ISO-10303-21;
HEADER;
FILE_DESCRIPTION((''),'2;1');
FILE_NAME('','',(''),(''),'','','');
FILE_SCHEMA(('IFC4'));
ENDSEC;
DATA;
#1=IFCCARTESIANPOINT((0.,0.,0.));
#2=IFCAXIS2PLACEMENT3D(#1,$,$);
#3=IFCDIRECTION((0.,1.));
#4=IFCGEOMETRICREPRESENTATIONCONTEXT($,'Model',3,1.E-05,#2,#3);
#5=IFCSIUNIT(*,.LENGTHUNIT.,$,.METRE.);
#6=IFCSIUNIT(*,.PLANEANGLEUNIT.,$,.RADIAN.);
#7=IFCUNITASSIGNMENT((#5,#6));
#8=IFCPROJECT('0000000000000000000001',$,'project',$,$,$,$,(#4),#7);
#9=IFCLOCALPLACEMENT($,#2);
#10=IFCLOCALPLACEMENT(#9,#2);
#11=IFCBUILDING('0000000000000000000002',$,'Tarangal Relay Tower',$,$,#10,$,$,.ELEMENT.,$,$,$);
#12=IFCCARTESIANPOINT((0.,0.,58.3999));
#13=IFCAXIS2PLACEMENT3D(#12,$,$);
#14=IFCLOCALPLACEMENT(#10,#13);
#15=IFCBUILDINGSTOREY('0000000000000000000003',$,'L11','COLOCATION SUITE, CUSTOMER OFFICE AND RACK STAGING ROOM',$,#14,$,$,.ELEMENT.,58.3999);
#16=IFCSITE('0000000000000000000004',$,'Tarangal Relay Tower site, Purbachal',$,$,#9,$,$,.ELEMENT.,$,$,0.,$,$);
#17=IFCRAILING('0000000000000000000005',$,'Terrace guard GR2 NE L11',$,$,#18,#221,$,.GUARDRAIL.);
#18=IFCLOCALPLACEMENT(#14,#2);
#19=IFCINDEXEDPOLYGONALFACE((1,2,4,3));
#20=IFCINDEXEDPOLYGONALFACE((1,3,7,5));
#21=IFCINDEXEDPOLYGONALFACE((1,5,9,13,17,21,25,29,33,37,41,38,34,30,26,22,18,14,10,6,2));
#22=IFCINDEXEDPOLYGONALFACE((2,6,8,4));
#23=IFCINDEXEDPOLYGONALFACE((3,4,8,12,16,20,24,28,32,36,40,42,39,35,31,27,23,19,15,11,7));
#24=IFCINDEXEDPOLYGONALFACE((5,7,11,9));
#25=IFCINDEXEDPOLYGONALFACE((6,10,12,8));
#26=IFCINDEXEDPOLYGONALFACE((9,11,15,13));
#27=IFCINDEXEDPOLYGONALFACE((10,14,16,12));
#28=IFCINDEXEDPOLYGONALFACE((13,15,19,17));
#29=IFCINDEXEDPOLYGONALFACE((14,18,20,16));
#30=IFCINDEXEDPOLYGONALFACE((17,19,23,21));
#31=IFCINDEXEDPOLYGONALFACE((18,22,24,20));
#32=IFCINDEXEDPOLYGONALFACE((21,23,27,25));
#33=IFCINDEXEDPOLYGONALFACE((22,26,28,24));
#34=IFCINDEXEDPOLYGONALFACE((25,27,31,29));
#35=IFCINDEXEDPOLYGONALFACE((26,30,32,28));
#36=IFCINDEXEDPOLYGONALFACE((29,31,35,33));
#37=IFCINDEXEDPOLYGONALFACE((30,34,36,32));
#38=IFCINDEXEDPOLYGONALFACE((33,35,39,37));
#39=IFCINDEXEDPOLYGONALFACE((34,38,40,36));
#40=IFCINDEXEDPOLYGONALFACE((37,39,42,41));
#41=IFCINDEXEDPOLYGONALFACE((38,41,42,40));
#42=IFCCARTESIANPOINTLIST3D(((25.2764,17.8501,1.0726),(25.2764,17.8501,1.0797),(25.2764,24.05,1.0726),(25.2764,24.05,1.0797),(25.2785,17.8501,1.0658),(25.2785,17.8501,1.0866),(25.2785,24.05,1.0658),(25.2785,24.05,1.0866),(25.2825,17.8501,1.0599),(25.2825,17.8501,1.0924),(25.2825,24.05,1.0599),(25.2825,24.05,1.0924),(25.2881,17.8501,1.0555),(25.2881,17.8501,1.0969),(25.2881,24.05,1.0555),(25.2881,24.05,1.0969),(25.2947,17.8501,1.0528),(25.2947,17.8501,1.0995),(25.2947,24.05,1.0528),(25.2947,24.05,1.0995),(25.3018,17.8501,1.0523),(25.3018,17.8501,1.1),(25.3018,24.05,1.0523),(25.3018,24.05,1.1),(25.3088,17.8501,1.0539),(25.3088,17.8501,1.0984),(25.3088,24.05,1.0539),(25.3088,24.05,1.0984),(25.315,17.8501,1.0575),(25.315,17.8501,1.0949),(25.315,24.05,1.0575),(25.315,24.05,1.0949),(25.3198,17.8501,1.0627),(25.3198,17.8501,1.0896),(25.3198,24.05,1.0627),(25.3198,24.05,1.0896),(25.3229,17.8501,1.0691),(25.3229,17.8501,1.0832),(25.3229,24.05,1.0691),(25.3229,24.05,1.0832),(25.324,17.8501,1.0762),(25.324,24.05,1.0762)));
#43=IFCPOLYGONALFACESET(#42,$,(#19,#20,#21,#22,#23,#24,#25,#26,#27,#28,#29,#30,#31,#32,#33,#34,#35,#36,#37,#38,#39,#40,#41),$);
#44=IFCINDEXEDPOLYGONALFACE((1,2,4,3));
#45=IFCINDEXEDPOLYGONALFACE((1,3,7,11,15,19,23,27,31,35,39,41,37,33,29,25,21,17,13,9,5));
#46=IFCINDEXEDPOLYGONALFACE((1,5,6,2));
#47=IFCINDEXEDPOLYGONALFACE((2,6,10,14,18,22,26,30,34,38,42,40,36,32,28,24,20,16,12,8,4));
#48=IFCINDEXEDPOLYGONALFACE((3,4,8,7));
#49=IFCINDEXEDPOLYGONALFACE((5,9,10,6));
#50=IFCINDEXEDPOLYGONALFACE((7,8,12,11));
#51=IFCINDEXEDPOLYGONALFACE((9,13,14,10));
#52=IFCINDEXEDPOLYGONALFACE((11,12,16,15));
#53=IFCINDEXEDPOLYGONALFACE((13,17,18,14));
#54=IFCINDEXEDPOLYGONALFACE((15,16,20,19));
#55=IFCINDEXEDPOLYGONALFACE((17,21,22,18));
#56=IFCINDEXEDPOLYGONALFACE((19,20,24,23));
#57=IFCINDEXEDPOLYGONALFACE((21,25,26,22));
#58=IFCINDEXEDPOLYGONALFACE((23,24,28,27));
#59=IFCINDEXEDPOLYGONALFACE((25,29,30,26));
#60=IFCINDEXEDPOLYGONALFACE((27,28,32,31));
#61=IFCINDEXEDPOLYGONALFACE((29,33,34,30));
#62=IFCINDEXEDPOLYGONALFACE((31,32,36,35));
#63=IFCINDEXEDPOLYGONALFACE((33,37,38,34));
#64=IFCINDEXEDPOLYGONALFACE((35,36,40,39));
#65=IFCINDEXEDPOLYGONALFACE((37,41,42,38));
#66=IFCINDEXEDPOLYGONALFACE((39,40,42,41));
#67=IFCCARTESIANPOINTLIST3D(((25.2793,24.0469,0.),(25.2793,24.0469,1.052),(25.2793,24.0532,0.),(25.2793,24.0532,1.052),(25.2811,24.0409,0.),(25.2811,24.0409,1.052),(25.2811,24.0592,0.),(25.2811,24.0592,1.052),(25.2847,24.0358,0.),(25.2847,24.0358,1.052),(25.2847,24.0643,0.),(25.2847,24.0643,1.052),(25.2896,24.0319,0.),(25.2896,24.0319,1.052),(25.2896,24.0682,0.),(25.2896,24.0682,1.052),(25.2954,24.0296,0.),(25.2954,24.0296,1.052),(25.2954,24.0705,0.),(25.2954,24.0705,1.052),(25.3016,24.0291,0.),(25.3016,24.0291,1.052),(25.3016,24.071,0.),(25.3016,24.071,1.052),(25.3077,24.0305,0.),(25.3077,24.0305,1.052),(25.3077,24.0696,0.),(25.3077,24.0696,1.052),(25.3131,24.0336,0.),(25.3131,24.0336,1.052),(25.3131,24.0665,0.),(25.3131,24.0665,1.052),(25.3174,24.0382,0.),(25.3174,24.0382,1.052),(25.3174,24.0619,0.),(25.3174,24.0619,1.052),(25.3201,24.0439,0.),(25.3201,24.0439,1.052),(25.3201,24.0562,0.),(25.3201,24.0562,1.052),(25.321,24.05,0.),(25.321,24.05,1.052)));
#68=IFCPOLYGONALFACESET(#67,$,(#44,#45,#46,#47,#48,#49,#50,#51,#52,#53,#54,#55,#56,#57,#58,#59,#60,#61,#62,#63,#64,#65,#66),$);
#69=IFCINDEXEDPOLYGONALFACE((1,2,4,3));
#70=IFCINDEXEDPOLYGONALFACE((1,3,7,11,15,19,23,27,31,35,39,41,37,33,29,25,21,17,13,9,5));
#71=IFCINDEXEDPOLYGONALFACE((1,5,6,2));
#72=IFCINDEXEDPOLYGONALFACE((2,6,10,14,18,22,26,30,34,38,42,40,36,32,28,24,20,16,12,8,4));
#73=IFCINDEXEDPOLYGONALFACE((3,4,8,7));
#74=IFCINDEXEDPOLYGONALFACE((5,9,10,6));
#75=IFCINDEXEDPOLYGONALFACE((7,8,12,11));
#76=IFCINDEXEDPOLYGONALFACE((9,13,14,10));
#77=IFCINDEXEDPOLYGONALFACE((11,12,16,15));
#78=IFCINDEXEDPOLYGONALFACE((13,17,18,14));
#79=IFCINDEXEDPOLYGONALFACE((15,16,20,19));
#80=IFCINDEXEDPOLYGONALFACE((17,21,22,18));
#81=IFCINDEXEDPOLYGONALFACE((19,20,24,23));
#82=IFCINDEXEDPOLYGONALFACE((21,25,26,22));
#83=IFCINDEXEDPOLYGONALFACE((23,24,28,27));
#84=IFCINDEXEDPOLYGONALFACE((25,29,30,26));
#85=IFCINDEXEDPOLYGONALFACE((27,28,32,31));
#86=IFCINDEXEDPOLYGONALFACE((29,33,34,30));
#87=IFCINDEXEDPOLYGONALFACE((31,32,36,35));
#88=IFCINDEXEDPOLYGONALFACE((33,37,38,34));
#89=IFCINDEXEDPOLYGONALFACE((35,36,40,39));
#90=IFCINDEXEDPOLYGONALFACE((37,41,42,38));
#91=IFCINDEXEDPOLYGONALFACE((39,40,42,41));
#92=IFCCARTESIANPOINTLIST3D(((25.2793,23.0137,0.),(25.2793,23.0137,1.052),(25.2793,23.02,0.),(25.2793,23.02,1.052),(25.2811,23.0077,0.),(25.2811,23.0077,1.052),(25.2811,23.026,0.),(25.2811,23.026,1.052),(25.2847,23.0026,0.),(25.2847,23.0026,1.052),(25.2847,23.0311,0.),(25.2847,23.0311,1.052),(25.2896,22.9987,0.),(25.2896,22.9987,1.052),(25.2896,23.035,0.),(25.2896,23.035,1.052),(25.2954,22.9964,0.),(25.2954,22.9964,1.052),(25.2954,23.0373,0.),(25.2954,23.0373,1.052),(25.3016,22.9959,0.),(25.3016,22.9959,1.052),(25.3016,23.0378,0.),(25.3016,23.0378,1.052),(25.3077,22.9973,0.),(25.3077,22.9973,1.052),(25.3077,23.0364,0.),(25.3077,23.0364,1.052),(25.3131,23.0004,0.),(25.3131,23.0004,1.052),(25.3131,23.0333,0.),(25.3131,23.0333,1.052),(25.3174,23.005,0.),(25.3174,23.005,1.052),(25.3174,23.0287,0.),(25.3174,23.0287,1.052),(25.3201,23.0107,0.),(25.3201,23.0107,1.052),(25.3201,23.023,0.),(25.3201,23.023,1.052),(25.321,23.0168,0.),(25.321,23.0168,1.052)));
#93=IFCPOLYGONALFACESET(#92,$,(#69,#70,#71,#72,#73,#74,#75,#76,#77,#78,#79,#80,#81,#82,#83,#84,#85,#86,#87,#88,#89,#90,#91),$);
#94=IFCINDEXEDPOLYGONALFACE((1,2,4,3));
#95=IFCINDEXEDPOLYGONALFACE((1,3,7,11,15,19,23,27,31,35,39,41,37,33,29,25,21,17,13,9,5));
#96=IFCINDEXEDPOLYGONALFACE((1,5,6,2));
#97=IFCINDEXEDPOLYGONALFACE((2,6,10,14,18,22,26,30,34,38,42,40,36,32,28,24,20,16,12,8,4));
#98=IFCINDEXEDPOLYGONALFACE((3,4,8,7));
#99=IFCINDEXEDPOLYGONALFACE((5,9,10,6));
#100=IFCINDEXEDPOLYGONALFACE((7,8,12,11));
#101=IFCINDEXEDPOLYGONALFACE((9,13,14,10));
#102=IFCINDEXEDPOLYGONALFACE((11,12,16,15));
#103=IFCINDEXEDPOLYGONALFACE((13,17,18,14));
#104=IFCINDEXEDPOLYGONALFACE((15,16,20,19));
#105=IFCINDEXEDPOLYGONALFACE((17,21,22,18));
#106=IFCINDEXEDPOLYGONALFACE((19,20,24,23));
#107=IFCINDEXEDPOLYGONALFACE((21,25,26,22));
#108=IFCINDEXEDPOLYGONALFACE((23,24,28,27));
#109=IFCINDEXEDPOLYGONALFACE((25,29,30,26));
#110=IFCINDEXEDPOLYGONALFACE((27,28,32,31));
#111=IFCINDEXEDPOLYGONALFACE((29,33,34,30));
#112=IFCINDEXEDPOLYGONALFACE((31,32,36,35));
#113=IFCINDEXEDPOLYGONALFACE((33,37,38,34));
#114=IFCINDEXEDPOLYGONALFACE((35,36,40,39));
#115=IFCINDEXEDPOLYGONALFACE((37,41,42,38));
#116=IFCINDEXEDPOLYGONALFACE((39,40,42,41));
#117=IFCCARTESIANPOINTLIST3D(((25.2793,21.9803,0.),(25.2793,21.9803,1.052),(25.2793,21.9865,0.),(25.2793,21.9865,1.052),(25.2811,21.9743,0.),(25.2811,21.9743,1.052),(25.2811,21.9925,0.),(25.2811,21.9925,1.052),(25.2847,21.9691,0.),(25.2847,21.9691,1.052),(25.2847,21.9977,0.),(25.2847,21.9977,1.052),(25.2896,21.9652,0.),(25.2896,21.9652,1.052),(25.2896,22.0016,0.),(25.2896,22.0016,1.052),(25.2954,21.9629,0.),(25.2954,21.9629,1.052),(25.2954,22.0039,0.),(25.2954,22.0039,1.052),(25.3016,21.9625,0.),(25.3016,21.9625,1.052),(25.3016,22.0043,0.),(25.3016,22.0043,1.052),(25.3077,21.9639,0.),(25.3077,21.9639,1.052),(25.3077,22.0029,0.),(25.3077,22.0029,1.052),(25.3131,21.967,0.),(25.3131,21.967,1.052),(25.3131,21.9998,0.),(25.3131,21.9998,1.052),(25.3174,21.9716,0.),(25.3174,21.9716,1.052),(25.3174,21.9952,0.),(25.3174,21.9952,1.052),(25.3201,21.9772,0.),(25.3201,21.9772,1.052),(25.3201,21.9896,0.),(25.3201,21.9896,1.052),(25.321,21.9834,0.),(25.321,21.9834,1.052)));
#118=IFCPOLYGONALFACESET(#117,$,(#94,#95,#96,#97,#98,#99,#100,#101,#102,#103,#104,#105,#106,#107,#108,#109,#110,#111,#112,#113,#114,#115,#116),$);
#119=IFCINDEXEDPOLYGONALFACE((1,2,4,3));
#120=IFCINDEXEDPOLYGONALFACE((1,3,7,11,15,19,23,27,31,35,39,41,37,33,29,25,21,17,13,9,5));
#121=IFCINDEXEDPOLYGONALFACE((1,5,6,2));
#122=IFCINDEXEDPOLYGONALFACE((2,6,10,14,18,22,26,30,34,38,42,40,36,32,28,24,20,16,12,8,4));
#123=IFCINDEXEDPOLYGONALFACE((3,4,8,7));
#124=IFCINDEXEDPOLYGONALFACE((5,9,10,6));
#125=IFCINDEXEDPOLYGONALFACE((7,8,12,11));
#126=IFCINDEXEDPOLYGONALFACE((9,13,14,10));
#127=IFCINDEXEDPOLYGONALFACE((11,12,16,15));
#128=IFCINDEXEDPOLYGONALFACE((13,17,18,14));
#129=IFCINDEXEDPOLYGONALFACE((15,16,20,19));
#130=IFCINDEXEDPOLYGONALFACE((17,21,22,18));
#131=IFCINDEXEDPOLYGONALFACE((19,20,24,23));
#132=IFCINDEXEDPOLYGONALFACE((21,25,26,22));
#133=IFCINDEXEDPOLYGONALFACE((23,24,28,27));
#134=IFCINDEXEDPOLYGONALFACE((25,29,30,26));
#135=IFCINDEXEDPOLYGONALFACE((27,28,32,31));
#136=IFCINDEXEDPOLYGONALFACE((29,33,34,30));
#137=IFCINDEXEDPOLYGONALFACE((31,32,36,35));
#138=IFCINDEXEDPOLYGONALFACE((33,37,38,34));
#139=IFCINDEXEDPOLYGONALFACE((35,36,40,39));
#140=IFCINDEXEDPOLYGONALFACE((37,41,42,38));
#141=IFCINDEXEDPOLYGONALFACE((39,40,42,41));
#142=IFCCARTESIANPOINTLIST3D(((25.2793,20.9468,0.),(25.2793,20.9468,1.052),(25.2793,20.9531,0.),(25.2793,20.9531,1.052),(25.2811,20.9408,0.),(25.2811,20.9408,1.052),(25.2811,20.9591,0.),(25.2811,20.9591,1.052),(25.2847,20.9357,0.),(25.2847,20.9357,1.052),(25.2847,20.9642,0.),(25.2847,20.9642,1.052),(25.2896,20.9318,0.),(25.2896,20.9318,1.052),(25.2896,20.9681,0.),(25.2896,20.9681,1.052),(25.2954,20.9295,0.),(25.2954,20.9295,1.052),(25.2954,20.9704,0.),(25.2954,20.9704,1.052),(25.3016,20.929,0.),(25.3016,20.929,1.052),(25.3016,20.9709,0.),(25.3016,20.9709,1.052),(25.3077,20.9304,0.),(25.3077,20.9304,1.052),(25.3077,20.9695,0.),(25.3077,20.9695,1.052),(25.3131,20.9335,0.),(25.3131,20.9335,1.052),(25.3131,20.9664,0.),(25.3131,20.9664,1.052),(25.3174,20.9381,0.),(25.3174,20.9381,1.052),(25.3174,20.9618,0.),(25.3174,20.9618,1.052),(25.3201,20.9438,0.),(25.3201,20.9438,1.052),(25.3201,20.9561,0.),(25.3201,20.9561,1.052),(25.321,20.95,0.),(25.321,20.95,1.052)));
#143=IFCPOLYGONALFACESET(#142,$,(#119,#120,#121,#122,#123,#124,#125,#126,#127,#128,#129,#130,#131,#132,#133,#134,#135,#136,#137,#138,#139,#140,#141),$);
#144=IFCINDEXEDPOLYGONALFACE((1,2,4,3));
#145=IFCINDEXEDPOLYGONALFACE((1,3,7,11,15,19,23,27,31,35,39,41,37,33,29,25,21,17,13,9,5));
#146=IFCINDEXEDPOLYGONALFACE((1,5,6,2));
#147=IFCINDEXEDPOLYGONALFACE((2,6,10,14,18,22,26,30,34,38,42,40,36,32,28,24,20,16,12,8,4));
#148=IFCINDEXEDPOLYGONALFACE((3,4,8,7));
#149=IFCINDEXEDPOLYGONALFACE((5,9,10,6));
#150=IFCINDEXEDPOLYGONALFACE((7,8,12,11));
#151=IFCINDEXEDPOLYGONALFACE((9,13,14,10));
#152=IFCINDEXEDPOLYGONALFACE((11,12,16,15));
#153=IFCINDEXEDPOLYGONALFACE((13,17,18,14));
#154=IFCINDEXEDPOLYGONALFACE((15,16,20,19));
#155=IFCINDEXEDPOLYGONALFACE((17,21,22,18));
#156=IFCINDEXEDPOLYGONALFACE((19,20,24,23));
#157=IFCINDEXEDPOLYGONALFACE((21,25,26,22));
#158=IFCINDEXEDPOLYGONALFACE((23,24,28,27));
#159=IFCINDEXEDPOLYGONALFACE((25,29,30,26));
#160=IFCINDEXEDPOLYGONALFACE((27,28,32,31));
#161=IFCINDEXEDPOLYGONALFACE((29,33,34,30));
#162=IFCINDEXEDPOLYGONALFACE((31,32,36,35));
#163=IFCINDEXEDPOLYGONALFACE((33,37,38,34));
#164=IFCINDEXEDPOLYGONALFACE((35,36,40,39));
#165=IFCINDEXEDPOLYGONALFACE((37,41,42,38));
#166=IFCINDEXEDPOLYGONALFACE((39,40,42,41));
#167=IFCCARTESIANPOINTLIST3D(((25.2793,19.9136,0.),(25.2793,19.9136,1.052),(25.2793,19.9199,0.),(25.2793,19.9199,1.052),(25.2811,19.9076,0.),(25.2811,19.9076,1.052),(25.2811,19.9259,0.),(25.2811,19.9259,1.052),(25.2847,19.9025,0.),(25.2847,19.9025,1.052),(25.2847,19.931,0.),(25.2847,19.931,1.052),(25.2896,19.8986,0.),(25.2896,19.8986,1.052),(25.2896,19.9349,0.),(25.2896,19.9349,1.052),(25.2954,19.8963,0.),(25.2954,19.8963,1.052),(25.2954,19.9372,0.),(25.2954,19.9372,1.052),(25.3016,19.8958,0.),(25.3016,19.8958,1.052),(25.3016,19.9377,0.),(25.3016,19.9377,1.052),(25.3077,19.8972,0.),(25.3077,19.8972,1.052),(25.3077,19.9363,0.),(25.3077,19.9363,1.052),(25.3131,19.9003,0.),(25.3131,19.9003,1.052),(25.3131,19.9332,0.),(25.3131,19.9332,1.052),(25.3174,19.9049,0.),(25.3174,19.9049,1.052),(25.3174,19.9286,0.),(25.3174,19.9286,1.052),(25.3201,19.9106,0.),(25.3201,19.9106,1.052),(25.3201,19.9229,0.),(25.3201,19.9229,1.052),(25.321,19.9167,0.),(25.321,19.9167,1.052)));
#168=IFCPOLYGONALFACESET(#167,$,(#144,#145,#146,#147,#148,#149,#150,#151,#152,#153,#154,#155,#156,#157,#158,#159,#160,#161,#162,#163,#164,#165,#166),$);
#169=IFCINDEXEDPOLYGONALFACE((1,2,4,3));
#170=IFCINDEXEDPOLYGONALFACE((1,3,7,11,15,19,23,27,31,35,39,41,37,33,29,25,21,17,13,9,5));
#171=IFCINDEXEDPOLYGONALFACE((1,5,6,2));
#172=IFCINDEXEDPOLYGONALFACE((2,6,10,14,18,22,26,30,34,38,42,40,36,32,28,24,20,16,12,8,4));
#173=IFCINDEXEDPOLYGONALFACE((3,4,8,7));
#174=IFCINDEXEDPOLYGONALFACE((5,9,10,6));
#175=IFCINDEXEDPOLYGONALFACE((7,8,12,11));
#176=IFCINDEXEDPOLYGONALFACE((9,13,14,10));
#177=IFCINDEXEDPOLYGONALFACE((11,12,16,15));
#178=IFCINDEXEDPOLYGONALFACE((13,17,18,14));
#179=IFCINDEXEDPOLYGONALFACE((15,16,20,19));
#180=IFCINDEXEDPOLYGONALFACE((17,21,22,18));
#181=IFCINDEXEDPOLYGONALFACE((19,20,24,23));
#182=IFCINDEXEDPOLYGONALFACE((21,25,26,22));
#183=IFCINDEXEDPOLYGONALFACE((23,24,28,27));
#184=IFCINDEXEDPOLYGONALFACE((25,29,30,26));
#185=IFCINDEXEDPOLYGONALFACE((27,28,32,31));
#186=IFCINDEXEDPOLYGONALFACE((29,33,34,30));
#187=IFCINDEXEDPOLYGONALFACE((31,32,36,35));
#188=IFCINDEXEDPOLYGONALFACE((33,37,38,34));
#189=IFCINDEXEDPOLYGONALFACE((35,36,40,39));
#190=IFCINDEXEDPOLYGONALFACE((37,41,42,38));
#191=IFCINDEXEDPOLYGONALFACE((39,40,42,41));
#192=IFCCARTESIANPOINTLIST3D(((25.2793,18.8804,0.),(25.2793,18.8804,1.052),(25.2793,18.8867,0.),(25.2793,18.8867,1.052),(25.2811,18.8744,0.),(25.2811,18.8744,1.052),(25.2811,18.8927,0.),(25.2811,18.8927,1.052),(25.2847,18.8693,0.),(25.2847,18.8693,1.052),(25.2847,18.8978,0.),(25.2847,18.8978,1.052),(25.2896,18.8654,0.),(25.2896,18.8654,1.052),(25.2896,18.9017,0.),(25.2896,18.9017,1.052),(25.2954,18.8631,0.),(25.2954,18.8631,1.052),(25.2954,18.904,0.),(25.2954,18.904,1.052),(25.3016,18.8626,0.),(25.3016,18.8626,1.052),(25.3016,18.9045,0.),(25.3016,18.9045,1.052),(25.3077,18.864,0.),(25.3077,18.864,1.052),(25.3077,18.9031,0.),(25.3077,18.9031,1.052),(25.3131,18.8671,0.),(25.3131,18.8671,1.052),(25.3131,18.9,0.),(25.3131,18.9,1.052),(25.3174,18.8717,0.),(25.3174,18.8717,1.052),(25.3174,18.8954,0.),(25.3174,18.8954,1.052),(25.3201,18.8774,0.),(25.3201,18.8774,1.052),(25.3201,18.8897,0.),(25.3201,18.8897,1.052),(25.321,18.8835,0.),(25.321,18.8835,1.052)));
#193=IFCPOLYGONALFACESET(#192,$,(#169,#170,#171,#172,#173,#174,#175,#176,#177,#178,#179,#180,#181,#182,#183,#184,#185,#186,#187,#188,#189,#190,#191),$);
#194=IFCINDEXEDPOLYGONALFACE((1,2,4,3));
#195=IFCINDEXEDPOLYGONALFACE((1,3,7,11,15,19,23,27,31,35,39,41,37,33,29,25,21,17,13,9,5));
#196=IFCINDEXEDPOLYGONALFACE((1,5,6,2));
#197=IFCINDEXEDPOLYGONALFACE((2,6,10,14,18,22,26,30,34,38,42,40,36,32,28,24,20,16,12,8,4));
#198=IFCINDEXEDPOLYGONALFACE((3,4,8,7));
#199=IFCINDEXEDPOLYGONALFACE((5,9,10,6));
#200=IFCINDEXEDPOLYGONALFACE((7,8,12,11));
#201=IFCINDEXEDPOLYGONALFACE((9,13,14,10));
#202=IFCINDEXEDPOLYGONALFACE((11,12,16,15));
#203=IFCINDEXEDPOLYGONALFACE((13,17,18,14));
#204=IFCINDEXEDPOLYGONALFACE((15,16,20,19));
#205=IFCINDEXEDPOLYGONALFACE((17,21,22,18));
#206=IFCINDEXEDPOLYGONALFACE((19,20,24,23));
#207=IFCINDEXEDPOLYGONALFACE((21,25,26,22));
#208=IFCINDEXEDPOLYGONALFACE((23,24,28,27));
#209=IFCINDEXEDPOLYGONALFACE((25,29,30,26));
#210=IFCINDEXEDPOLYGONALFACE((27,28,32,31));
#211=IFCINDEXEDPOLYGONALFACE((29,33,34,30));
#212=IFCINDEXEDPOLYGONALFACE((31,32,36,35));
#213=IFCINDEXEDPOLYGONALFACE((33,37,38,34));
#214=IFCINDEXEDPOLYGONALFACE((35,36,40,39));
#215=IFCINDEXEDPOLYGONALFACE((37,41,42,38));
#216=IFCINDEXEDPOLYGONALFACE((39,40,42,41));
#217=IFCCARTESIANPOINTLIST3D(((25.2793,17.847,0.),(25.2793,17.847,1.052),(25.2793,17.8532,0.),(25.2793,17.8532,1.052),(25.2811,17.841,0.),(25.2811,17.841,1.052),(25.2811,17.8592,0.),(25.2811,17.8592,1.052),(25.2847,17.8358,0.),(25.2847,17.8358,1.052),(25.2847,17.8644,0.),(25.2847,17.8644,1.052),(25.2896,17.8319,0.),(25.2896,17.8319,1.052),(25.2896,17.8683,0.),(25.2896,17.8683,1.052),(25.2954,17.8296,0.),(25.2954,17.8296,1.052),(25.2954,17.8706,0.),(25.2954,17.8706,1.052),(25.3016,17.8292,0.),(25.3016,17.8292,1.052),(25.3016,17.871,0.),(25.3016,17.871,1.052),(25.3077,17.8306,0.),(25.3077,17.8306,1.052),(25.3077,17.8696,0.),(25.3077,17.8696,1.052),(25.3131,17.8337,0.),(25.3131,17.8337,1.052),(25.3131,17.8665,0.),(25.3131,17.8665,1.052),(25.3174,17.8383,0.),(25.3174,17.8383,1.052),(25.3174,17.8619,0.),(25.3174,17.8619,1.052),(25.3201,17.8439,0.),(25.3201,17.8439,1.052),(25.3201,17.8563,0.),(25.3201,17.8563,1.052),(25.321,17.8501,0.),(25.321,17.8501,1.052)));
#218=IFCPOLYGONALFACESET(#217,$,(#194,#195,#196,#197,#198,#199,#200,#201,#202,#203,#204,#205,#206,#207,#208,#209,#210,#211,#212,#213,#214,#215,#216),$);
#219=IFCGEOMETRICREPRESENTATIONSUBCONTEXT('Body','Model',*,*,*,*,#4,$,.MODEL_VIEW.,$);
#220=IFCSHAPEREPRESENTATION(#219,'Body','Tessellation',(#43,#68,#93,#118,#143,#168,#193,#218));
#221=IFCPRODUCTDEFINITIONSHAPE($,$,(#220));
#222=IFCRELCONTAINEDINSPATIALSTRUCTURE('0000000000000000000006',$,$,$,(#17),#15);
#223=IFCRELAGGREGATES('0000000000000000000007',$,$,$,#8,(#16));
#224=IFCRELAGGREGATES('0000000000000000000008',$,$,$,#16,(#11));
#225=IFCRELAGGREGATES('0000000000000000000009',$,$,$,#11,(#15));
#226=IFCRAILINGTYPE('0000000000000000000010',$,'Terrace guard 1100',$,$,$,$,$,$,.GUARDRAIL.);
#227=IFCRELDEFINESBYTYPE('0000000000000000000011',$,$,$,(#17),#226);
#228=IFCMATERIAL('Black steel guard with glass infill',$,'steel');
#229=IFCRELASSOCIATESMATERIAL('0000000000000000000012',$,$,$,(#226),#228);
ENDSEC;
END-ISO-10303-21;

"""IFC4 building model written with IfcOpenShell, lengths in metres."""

from ifc_helpers import new_model, si_unit, direction, frame, origin, origin_2d, place, context, subcontext, project, spatial, circle, extrude, material, type_object, element, save


model = new_model("IFC4")

# Units and contexts
model_context = context("Model", 3, precision=1e-05, world=origin(), true_north=direction((0.0, 1.0)))
body_context = subcontext(model_context, "Body", "Model", "MODEL_VIEW")
ifc_project = project(units=[si_unit("LENGTHUNIT", "METRE"), si_unit("PLANEANGLEUNIT", "RADIAN")], contexts=[model_context])

# Site, building, storey
site_placement = place(None, origin())
site = spatial("IfcSite", under=ifc_project, at=site_placement, Name="Tarangal Relay Tower site, Purbachal", CompositionType="ELEMENT", RefElevation=0.0)
building_placement = place(site_placement, origin())
building = spatial("IfcBuilding", under=site, at=building_placement, Name="Tarangal Relay Tower", CompositionType="ELEMENT")
storey_placement = place(building_placement, frame((0.0, 0.0, 58.3999)))
storey = spatial("IfcBuildingStorey", under=building, at=storey_placement, Name="L11", Description="COLOCATION SUITE, CUSTOMER OFFICE AND RACK STAGING ROOM", CompositionType="ELEMENT", Elevation=58.3999)

# Railing
ifc_material_1 = material(Name="Black steel guard with glass infill", Category="steel")
railing_type_1 = type_object("IfcRailingType", Name="Terrace guard 1100", PredefinedType="GUARDRAIL", material=ifc_material_1)
railing_1_placement = place(storey_placement, frame((25.3, 24.05, 0.0)))
element("IfcRailing", 1, at=railing_1_placement, inside=storey, type_object=railing_type_1, Name="Terrace guard GR2 NE L11", PredefinedType="GUARDRAIL", context=body_context, shape_type="SweptSolid", body=[
    extrude(circle(Radius=0.0239, at=origin_2d()), frame((0.0, 0.0, 1.0762), z_axis=(0.0, -1.0, 0.0), x_axis=(1.0, 0.0, 0.0)), (0.0, 0.0, 1.0), 6.2),
    extrude(circle(Radius=0.021, at=origin_2d()), origin(), (0.0, 0.0, 1.0), 1.052),
    extrude(circle(Radius=0.021, at=origin_2d()), frame((0.0, -1.0332, 0.0)), (0.0, 0.0, 1.0), 1.052),
    extrude(circle(Radius=0.021, at=origin_2d()), frame((0.0, -2.0667, 0.0)), (0.0, 0.0, 1.0), 1.052),
    extrude(circle(Radius=0.021, at=origin_2d()), frame((0.0, -3.1001, 0.0)), (0.0, 0.0, 1.0), 1.052),
    extrude(circle(Radius=0.021, at=origin_2d()), frame((0.0, -4.1333, 0.0)), (0.0, 0.0, 1.0), 1.052),
    extrude(circle(Radius=0.021, at=origin_2d()), frame((0.0, -5.1665, 0.0)), (0.0, 0.0, 1.0), 1.052),
    extrude(circle(Radius=0.021, at=origin_2d()), frame((0.0, -6.2, 0.0)), (0.0, 0.0, 1.0), 1.052),
])

save(model, "model.ifc")
